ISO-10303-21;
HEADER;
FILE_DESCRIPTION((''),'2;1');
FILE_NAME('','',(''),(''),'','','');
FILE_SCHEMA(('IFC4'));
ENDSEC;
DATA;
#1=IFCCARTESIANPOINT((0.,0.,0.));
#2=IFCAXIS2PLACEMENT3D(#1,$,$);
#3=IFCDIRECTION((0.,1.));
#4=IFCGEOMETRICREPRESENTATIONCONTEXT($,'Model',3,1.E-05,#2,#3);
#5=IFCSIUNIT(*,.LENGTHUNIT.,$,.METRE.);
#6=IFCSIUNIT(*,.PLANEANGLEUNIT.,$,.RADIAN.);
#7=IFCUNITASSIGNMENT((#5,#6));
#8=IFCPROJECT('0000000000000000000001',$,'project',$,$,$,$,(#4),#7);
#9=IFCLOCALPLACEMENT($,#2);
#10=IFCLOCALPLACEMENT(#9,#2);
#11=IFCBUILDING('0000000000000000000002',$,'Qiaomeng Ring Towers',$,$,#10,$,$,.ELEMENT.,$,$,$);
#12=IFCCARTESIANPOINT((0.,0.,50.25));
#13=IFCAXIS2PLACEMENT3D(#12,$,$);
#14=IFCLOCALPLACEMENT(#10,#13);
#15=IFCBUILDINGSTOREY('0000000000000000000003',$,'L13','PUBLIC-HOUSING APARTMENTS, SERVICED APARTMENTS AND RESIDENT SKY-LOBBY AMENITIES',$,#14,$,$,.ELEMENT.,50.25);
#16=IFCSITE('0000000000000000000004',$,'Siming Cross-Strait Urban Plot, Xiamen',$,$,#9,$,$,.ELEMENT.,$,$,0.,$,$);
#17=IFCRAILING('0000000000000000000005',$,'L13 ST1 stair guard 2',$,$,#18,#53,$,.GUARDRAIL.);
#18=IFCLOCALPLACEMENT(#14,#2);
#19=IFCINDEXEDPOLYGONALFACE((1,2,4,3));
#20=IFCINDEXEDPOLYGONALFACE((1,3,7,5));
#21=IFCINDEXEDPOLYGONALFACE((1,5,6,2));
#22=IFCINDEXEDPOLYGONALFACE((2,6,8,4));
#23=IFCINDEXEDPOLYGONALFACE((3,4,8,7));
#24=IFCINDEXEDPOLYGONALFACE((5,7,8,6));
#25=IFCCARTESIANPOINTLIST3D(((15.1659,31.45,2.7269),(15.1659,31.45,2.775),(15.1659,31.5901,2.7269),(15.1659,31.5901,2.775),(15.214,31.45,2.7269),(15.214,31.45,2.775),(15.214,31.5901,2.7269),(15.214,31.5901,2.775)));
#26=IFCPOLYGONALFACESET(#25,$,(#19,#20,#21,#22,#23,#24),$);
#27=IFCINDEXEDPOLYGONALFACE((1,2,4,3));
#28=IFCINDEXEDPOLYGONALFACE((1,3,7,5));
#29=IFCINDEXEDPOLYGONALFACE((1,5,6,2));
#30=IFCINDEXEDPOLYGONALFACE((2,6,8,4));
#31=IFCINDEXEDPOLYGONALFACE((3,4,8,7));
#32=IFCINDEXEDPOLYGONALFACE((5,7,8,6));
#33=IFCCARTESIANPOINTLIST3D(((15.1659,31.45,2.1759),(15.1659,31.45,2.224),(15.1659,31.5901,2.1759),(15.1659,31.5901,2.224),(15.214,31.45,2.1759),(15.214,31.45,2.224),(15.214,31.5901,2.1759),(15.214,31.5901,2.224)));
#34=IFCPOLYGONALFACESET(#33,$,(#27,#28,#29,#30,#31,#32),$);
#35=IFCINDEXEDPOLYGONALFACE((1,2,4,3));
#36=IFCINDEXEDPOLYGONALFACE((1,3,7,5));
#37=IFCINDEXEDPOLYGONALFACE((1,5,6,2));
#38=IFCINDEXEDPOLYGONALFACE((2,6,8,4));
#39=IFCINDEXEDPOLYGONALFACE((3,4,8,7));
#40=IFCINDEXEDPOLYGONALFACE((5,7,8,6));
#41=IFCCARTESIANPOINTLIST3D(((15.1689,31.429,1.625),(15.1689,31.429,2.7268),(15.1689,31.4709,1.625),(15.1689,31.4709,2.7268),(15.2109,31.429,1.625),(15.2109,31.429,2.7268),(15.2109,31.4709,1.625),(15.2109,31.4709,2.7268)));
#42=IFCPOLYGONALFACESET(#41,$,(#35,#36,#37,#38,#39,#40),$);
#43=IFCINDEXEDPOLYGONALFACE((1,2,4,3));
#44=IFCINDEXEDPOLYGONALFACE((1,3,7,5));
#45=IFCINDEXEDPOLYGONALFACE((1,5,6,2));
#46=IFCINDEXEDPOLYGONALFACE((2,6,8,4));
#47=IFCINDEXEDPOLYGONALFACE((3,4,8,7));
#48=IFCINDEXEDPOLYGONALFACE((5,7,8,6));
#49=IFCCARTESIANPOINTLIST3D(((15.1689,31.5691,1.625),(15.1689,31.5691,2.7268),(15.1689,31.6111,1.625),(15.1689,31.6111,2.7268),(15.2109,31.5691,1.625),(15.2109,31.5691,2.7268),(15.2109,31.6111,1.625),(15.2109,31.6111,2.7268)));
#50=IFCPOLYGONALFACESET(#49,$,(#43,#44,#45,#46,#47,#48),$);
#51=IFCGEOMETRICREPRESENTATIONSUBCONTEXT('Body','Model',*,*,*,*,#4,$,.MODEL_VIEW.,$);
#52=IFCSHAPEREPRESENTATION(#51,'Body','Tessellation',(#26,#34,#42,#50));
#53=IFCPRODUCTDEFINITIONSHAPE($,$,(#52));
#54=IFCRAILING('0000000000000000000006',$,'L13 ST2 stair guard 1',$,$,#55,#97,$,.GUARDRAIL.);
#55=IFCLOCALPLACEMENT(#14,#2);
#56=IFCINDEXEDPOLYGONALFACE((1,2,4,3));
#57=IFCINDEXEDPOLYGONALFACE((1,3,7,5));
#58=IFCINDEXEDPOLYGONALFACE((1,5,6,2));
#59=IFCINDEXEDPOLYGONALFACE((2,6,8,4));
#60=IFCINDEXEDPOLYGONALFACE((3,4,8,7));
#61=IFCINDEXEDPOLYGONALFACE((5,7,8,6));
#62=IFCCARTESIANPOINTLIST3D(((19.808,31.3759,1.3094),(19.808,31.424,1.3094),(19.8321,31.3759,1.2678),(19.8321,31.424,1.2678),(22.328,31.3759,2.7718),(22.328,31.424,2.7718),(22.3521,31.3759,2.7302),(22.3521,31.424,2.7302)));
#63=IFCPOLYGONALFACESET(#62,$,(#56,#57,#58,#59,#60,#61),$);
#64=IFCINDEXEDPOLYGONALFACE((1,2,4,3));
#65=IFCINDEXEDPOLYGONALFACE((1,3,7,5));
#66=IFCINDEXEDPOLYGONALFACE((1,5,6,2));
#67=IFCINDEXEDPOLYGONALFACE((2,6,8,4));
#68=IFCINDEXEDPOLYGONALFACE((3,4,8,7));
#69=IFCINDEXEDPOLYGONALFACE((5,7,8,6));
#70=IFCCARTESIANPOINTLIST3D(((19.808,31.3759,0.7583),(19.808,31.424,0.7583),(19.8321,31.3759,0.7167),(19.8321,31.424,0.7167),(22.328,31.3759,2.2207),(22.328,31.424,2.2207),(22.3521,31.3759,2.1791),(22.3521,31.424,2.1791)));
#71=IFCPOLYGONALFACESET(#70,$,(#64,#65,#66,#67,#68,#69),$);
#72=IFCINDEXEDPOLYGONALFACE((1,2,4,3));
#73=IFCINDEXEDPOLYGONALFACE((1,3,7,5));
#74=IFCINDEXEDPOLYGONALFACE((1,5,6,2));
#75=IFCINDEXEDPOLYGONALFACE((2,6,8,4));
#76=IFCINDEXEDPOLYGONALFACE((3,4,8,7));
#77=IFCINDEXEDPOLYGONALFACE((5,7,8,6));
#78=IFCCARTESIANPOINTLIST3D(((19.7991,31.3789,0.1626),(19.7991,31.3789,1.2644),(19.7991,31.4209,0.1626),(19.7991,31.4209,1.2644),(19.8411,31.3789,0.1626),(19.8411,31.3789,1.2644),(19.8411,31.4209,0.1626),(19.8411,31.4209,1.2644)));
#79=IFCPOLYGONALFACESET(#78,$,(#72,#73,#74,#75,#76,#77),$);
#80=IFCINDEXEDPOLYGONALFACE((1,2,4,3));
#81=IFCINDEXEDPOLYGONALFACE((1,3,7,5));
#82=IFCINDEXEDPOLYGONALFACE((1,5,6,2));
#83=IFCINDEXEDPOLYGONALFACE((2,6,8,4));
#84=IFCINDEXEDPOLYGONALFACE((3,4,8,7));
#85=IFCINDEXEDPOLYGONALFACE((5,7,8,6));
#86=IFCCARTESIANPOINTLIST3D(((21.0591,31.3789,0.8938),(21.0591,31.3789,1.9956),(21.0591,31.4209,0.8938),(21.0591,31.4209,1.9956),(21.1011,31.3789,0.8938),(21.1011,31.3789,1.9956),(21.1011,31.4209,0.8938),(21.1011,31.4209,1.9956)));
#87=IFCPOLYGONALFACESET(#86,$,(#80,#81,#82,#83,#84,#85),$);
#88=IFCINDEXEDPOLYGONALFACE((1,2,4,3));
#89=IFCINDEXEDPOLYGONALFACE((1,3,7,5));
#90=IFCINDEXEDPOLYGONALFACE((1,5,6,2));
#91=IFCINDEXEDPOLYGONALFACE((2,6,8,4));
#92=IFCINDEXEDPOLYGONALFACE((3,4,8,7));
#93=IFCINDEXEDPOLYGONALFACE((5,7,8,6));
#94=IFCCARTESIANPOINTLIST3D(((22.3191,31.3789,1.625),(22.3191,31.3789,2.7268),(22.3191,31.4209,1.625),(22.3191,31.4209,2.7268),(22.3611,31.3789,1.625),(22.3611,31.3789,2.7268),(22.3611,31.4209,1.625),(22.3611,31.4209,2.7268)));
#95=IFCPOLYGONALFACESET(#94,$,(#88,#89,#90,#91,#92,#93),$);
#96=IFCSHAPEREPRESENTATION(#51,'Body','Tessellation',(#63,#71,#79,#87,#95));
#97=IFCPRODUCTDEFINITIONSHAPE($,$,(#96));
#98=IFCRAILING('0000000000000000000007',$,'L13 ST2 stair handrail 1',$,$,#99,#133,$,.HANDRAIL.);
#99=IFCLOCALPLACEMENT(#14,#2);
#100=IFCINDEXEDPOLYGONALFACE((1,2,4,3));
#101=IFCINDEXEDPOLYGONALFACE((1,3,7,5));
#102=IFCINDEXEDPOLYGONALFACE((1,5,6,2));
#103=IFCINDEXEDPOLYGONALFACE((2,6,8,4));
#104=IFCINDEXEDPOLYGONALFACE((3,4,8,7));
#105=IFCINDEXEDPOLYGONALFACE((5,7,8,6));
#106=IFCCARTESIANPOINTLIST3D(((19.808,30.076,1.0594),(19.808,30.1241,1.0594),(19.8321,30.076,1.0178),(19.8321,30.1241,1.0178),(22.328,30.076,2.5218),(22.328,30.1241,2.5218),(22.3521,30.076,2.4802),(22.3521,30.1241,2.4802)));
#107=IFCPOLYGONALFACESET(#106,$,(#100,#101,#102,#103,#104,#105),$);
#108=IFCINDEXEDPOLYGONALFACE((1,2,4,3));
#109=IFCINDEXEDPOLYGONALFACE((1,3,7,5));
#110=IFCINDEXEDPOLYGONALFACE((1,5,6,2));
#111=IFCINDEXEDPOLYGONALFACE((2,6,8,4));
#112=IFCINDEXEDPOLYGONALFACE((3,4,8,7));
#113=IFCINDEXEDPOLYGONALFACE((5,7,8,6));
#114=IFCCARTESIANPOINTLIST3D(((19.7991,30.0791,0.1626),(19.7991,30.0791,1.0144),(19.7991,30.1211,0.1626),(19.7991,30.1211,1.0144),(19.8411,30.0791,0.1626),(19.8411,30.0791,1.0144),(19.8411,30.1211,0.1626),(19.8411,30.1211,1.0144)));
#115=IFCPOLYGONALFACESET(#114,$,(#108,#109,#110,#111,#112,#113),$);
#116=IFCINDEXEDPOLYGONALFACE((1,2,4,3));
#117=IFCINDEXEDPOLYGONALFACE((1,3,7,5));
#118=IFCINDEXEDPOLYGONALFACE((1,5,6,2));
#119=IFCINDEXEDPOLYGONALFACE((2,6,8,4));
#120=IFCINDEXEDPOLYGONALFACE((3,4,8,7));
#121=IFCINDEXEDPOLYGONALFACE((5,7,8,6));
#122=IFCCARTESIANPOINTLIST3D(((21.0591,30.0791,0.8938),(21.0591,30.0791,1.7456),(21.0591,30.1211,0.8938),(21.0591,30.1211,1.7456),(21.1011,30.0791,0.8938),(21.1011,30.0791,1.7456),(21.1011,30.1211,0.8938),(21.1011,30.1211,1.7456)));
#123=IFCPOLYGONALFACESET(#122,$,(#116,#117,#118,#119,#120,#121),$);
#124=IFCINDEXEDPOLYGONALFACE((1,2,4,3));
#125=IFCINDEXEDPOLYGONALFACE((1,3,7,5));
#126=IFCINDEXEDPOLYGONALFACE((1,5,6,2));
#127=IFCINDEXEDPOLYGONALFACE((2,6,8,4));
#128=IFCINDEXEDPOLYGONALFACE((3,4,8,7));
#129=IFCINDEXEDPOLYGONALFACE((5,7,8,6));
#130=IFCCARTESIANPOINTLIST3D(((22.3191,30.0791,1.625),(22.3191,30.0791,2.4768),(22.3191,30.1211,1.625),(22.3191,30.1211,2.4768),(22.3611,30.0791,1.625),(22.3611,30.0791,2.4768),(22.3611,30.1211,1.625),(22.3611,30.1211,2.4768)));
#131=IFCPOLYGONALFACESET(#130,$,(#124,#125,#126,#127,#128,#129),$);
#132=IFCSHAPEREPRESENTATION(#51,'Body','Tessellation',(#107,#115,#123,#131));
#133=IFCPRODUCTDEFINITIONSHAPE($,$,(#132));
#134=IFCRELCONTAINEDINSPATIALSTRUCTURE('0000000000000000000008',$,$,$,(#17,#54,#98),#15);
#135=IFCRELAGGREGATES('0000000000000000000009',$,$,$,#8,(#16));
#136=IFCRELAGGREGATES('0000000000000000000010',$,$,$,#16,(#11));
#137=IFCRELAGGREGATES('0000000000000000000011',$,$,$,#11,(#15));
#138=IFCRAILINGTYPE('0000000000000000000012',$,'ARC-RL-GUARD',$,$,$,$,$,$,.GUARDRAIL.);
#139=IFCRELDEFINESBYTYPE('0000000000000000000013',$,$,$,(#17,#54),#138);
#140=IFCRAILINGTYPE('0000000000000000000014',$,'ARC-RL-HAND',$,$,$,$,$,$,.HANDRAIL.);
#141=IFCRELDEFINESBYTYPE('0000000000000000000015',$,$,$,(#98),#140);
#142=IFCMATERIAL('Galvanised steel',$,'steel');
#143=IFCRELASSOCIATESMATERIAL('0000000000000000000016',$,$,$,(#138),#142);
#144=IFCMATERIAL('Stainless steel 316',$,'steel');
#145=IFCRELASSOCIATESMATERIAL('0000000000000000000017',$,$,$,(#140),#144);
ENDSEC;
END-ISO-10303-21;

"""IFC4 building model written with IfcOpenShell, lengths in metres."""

from ifc_helpers import new_model, si_unit, direction, frame, origin, origin_2d, place, context, subcontext, project, spatial, rectangle, extrude, material, type_object, element, save


model = new_model("IFC4")

# Units and contexts
model_context = context("Model", 3, precision=1e-05, world=origin(), true_north=direction((0.0, 1.0)))
body_context = subcontext(model_context, "Body", "Model", "MODEL_VIEW")
ifc_project = project(units=[si_unit("LENGTHUNIT", "METRE"), si_unit("PLANEANGLEUNIT", "RADIAN")], contexts=[model_context])

# Site, building, storey
site_placement = place(None, origin())
site = spatial("IfcSite", under=ifc_project, at=site_placement, Name="Siming Cross-Strait Urban Plot, Xiamen", CompositionType="ELEMENT", RefElevation=0.0)
building_placement = place(site_placement, origin())
building = spatial("IfcBuilding", under=site, at=building_placement, Name="Qiaomeng Ring Towers", CompositionType="ELEMENT")
storey_placement = place(building_placement, frame((0.0, 0.0, 50.25)))
storey = spatial("IfcBuildingStorey", under=building, at=storey_placement, Name="L13", Description="PUBLIC-HOUSING APARTMENTS, SERVICED APARTMENTS AND RESIDENT SKY-LOBBY AMENITIES", CompositionType="ELEMENT", Elevation=50.25)

# Shared definitions
ifc_material_1 = material(Name="Galvanised steel", Category="steel")

# Shared definitions
ifc_material_2 = material(Name="Stainless steel 316", Category="steel")

# Railings
railing_type_1 = type_object("IfcRailingType", Name="ARC-RL-GUARD", PredefinedType="GUARDRAIL", material=ifc_material_1)
railing_1_placement = place(storey_placement, frame((15.1899, 31.45, 1.625)))
element("IfcRailing", 1, at=railing_1_placement, inside=storey, type_object=railing_type_1, Name="L13 ST1 stair guard 2", PredefinedType="GUARDRAIL", context=body_context, shape_type="SweptSolid", body=[
    extrude(rectangle(XDim=0.0481, YDim=0.0481, at=origin_2d()), frame((0.0, 0.0, 1.126), z_axis=(0.0, 1.0, 0.0), x_axis=(-1.0, 0.0, 0.0)), (0.0, 0.0, 1.0), 0.1401),
    extrude(rectangle(XDim=0.0481, YDim=0.0481, at=origin_2d()), frame((0.0, 0.0, 0.575), z_axis=(0.0, 1.0, 0.0), x_axis=(-1.0, 0.0, 0.0)), (0.0, 0.0, 1.0), 0.1401),
    extrude(rectangle(XDim=0.042, YDim=0.042, at=origin_2d()), origin(), (0.0, 0.0, 1.0), 1.1018),
    extrude(rectangle(XDim=0.042, YDim=0.042, at=origin_2d()), frame((0.0, 0.1401, 0.0)), (0.0, 0.0, 1.0), 1.1018),
])
railing_2_placement = place(storey_placement, frame((19.8201, 31.3999, 0.1626)))
element("IfcRailing", 2, at=railing_2_placement, inside=storey, type_object=railing_type_1, Name="L13 ST2 stair guard 1", PredefinedType="GUARDRAIL", context=body_context, shape_type="SweptSolid", body=[
    extrude(rectangle(XDim=0.0481, YDim=0.0481, at=origin_2d()), frame((0.0, 0.0, 1.126), z_axis=(0.864913, 0.0, 0.501921), x_axis=(0.0, 1.0, 0.0)), (0.0, 0.0, 1.0), 2.9136),
    extrude(rectangle(XDim=0.0481, YDim=0.0481, at=origin_2d()), frame((0.0, 0.0, 0.575), z_axis=(0.864913, 0.0, 0.501921), x_axis=(0.0, 1.0, 0.0)), (0.0, 0.0, 1.0), 2.9136),
    extrude(rectangle(XDim=0.042, YDim=0.042, at=origin_2d()), origin(), (0.0, 0.0, 1.0), 1.1018),
    extrude(rectangle(XDim=0.042, YDim=0.042, at=origin_2d()), frame((1.26, 0.0, 0.7312)), (0.0, 0.0, 1.0), 1.1018),
    extrude(rectangle(XDim=0.042, YDim=0.042, at=origin_2d()), frame((2.52, 0.0, 1.4624)), (0.0, 0.0, 1.0), 1.1018),
])
railing_type_2 = type_object("IfcRailingType", Name="ARC-RL-HAND", PredefinedType="HANDRAIL", material=ifc_material_2)
railing_3_placement = place(storey_placement, frame((19.8201, 30.1001, 0.1626)))
element("IfcRailing", 3, at=railing_3_placement, inside=storey, type_object=railing_type_2, Name="L13 ST2 stair handrail 1", PredefinedType="HANDRAIL", context=body_context, shape_type="SweptSolid", body=[
    extrude(rectangle(XDim=0.0481, YDim=0.0481, at=origin_2d()), frame((0.0, 0.0, 0.876), z_axis=(0.864913, 0.0, 0.501921), x_axis=(0.0, 1.0, 0.0)), (0.0, 0.0, 1.0), 2.9136),
    extrude(rectangle(XDim=0.042, YDim=0.042, at=origin_2d()), origin(), (0.0, 0.0, 1.0), 0.8518),
    extrude(rectangle(XDim=0.042, YDim=0.042, at=origin_2d()), frame((1.26, 0.0, 0.7312)), (0.0, 0.0, 1.0), 0.8518),
    extrude(rectangle(XDim=0.042, YDim=0.042, at=origin_2d()), frame((2.52, 0.0, 1.4624)), (0.0, 0.0, 1.0), 0.8518),
])

save(model, "model.ifc")
